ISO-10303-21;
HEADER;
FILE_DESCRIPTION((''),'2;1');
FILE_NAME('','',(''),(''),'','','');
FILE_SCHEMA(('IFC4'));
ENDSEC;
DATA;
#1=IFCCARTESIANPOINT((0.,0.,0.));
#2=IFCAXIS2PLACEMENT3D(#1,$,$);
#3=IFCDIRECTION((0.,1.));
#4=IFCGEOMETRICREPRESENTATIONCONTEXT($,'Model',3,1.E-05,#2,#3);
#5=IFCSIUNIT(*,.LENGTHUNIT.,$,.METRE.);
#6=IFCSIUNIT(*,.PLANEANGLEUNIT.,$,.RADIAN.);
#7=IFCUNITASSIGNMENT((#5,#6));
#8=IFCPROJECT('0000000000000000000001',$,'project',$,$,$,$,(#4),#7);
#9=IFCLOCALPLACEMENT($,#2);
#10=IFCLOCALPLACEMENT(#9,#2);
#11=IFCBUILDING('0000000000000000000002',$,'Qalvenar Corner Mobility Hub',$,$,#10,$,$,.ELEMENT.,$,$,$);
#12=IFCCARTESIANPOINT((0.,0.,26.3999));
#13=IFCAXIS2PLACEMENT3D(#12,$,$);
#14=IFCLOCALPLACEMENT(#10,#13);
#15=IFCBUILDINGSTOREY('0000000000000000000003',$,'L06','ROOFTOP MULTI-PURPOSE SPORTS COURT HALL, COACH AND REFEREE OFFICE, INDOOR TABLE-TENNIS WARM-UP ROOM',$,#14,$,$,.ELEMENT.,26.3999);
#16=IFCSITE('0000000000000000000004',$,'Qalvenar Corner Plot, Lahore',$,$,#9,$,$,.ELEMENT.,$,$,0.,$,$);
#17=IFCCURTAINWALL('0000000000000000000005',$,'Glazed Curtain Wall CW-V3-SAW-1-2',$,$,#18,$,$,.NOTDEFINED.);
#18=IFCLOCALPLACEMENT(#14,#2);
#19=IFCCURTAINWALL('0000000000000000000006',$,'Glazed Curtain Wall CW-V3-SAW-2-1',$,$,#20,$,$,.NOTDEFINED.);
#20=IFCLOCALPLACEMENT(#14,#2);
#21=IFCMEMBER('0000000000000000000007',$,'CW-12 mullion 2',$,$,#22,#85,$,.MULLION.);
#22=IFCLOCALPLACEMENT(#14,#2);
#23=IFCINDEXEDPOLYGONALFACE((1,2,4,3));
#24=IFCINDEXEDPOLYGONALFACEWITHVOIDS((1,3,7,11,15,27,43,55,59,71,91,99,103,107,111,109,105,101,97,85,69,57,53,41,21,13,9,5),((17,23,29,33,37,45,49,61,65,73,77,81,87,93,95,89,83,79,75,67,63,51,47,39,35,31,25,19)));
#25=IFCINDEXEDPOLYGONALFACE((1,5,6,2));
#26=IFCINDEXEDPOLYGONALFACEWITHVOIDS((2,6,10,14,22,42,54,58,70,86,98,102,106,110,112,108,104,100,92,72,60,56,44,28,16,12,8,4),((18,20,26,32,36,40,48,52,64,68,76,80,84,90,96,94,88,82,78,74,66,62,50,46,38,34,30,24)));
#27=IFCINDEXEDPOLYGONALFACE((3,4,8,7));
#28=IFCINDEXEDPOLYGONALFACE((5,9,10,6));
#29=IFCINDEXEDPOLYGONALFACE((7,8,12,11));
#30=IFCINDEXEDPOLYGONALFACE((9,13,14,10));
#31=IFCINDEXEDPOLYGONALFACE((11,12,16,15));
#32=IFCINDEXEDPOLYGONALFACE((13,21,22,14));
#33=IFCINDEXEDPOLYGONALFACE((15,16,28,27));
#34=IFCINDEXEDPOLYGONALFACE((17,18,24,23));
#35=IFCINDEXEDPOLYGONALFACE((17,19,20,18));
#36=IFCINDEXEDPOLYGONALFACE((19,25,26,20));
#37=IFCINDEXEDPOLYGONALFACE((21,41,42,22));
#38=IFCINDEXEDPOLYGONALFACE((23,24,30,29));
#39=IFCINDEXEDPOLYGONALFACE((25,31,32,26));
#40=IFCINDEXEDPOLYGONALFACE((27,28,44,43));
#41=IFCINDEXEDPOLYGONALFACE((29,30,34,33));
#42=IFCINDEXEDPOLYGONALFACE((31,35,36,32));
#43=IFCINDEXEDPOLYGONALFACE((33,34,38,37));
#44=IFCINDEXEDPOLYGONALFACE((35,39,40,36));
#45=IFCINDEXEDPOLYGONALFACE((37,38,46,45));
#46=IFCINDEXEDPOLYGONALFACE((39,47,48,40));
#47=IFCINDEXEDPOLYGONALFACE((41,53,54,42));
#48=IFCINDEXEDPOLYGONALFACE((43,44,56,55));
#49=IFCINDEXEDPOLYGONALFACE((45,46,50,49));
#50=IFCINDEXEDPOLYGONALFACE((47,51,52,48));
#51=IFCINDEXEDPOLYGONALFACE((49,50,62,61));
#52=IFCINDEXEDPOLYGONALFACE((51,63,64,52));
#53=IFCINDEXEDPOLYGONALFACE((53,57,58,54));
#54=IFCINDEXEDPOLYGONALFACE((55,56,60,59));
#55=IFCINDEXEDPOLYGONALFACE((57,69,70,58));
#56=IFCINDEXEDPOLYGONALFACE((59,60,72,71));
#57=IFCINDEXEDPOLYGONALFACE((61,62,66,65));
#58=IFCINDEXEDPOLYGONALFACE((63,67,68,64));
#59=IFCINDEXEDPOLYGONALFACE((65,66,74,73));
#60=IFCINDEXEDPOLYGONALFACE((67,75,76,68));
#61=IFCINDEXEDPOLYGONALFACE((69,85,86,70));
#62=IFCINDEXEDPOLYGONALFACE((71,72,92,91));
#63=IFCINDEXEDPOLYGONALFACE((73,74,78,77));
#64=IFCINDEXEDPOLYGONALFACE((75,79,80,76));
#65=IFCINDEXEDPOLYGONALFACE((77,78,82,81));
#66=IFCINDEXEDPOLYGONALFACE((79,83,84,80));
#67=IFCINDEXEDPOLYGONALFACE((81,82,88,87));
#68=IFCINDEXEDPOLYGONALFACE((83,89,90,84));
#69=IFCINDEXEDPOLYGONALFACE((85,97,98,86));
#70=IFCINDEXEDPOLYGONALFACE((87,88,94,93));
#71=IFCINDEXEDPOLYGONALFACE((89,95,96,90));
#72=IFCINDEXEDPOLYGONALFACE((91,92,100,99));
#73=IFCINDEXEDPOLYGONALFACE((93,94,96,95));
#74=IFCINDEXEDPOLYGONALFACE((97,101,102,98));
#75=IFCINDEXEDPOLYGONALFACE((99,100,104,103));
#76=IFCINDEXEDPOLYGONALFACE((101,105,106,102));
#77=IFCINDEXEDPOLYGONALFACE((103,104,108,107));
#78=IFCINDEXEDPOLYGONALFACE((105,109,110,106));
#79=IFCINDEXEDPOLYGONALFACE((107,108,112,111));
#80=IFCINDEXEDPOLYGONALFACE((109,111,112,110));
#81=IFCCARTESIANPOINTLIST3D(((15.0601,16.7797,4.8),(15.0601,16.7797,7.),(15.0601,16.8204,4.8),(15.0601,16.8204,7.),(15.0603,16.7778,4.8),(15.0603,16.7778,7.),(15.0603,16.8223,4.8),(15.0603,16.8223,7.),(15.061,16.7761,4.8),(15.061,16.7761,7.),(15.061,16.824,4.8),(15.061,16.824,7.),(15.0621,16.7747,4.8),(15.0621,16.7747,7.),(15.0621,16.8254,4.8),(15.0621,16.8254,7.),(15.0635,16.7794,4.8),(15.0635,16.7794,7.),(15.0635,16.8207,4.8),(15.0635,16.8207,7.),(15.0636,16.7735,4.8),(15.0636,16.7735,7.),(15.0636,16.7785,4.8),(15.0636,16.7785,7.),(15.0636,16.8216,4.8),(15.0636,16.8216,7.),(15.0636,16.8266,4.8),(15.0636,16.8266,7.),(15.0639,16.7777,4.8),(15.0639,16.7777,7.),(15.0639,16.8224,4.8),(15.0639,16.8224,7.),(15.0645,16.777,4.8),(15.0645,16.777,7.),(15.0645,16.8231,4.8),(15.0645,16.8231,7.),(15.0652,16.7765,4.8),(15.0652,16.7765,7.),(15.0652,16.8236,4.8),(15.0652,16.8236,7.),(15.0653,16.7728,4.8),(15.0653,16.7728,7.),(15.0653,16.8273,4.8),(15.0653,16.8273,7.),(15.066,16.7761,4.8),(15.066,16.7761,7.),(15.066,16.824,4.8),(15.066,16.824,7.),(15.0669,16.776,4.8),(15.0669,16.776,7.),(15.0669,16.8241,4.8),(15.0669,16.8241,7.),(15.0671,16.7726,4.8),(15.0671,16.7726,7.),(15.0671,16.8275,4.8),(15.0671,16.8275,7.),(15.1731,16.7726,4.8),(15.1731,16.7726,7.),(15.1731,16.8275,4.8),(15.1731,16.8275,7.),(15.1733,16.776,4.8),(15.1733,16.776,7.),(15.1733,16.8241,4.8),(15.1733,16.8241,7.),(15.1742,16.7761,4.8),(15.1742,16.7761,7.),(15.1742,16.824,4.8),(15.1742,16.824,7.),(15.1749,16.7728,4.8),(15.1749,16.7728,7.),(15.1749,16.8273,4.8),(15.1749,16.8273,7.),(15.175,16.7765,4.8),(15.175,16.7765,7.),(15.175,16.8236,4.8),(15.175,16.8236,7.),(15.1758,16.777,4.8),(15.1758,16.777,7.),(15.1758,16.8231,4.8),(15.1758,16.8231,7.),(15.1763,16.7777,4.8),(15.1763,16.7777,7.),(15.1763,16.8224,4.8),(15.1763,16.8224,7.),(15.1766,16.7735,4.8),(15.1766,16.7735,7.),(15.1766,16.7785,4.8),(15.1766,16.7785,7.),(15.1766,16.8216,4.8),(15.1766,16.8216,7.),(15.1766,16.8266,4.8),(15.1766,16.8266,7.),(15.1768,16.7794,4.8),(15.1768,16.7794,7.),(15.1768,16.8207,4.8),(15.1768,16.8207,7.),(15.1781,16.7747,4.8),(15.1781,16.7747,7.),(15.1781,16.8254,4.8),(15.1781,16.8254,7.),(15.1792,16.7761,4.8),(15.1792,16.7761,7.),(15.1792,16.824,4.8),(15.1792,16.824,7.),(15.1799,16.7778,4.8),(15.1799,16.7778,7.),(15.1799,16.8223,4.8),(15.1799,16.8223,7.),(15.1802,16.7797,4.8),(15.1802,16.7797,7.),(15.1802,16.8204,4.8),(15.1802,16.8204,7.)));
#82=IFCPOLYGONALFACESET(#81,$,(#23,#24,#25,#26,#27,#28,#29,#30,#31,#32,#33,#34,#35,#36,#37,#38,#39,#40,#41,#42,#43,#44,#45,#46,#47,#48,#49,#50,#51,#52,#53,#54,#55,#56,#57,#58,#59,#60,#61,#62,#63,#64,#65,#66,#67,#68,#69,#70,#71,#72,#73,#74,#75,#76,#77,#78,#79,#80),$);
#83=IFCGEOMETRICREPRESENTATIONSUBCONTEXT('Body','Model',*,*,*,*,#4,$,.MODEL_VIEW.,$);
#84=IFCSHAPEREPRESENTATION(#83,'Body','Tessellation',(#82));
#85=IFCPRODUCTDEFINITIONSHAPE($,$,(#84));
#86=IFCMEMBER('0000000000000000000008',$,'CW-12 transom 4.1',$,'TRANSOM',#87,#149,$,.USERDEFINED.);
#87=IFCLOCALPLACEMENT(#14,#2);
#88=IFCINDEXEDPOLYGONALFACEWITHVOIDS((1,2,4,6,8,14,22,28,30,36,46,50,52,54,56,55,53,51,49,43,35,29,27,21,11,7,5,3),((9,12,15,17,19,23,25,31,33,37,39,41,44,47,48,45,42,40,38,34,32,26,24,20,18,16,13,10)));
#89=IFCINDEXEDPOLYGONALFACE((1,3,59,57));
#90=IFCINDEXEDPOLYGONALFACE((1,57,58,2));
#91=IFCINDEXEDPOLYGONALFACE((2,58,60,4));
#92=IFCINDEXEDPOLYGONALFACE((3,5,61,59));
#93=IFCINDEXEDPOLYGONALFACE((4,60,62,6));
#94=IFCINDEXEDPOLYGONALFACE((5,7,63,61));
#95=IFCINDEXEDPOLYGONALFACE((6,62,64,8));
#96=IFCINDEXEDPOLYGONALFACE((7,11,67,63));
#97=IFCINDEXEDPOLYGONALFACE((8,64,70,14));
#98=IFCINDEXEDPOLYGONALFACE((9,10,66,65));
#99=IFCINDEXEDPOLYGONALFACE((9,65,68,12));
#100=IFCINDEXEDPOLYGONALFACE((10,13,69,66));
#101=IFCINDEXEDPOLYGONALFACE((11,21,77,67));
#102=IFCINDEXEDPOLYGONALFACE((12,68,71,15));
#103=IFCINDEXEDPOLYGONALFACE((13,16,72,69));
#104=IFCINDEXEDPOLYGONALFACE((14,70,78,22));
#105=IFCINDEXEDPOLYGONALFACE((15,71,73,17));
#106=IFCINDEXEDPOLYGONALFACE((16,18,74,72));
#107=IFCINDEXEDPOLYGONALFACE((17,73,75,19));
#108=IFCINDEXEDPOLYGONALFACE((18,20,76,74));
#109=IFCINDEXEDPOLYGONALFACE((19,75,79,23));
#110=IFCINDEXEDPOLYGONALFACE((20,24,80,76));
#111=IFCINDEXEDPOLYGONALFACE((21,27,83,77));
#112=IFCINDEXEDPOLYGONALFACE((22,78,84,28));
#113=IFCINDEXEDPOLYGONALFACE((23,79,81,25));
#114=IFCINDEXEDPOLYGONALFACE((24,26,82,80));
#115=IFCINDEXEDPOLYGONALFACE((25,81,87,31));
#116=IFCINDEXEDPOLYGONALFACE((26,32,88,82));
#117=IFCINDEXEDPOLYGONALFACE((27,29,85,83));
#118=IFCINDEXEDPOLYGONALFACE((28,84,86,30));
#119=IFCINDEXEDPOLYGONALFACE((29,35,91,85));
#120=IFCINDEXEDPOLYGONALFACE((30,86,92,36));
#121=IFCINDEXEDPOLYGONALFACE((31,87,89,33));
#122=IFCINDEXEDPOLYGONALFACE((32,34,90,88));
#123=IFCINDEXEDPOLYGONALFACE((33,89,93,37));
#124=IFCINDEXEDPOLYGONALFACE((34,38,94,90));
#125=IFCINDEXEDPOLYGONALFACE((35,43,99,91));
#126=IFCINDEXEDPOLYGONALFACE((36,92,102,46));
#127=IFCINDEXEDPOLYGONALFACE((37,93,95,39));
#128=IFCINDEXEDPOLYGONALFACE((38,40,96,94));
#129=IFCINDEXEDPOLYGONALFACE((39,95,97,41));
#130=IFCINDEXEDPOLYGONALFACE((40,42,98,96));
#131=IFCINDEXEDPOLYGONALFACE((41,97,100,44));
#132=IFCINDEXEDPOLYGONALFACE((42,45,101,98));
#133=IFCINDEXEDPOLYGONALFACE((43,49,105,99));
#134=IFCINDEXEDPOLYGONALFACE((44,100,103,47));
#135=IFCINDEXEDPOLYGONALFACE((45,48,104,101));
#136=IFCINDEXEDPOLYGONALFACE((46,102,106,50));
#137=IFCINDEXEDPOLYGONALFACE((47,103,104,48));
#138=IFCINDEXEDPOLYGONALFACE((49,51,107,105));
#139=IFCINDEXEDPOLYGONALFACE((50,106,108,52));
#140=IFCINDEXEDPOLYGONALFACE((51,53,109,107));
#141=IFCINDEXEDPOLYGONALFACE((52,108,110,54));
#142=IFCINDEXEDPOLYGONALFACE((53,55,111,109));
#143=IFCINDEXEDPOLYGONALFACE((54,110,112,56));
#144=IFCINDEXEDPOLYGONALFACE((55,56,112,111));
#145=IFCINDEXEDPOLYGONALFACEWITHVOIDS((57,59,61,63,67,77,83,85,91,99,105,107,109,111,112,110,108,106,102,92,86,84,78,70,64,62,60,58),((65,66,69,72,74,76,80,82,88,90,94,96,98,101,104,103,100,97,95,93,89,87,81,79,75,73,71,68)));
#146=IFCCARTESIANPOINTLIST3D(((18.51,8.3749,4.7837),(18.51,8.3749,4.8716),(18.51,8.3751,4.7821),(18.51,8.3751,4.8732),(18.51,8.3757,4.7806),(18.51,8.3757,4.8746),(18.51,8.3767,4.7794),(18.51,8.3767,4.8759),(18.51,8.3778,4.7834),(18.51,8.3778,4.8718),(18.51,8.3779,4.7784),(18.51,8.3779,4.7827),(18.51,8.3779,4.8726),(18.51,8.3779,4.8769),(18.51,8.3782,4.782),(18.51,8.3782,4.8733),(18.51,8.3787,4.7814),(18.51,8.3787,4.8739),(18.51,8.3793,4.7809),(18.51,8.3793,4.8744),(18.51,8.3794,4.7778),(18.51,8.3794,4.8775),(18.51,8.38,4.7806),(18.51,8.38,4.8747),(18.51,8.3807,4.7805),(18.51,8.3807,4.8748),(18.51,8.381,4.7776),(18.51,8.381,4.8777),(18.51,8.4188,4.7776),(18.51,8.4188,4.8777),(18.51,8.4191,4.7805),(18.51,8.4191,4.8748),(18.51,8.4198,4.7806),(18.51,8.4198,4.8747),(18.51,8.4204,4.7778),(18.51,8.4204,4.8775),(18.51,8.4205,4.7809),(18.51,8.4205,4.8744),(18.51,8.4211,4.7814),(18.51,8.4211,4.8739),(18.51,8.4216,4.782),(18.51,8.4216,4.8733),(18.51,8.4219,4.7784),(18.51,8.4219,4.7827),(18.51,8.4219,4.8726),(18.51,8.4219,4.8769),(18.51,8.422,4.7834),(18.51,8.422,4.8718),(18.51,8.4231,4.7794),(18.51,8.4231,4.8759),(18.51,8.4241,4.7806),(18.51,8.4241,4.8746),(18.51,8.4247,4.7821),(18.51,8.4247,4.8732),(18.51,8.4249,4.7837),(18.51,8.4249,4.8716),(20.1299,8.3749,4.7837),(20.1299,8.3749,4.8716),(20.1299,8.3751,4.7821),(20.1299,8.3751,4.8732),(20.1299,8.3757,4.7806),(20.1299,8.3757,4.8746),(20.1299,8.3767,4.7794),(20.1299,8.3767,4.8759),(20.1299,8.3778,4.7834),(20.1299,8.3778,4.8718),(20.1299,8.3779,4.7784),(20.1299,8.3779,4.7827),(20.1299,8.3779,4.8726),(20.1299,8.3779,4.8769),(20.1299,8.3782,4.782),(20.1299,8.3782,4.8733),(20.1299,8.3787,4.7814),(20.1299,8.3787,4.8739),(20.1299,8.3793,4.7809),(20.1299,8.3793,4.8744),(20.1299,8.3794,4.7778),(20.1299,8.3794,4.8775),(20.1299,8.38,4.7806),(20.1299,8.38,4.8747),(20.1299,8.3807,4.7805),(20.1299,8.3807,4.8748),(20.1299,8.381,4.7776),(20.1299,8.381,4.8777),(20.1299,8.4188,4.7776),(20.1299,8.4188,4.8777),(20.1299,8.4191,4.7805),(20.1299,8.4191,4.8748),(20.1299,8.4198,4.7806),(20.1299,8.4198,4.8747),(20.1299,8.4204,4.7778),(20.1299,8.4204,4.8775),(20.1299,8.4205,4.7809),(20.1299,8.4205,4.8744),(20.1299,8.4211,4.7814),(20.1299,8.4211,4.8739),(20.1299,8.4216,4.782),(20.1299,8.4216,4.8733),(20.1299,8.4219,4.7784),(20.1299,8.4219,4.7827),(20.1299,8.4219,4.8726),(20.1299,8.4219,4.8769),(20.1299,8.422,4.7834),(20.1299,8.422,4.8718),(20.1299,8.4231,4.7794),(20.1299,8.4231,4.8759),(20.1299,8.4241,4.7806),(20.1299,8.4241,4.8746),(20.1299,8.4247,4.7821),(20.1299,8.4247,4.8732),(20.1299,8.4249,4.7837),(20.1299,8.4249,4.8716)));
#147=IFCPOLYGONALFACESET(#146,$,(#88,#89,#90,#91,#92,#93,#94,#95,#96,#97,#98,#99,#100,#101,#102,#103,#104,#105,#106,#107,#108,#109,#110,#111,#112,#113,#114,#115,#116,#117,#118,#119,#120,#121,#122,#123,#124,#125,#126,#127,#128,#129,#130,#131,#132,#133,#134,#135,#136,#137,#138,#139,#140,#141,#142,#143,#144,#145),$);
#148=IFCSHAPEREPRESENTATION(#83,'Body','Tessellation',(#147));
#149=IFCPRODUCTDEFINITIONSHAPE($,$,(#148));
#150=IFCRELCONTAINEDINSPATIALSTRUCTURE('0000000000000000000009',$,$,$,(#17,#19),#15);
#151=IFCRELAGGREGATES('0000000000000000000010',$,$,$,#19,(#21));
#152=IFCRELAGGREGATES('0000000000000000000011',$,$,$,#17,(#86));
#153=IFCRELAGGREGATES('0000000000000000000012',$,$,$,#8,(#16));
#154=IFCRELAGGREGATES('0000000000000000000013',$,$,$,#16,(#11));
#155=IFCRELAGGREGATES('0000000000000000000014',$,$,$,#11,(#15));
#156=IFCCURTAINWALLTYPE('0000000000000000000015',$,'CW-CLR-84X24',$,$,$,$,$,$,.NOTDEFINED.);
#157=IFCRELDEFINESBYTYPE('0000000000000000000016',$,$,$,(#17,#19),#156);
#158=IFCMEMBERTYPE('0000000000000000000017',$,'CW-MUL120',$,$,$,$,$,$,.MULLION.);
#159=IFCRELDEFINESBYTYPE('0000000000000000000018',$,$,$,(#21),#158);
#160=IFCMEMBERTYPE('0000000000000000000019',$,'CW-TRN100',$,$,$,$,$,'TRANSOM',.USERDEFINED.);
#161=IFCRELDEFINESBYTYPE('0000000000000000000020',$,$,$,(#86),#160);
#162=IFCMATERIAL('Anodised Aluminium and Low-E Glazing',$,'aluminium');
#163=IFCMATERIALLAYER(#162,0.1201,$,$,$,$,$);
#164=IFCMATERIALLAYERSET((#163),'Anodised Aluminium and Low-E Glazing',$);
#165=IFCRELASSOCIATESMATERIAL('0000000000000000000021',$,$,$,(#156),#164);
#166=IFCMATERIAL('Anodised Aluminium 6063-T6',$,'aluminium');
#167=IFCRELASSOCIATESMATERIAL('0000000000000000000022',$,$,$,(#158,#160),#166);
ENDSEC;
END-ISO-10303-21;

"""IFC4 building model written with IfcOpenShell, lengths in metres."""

from ifc_helpers import new_model, si_unit, direction, frame, origin, origin_2d, place, context, subcontext, project, spatial, hollow_rectangle, extrude, material, layer, layer_set, material_profile, profile_set, type_object, element, aggregate, save


model = new_model("IFC4")

# Units and contexts
model_context = context("Model", 3, precision=1e-05, world=origin(), true_north=direction((0.0, 1.0)))
body_context = subcontext(model_context, "Body", "Model", "MODEL_VIEW")
ifc_project = project(units=[si_unit("LENGTHUNIT", "METRE"), si_unit("PLANEANGLEUNIT", "RADIAN")], contexts=[model_context])

# Site, building, storey
site_placement = place(None, origin())
site = spatial("IfcSite", under=ifc_project, at=site_placement, Name="Qalvenar Corner Plot, Lahore", CompositionType="ELEMENT", RefElevation=0.0)
building_placement = place(site_placement, origin())
building = spatial("IfcBuilding", under=site, at=building_placement, Name="Qalvenar Corner Mobility Hub", CompositionType="ELEMENT")
storey_placement = place(building_placement, frame((0.0, 0.0, 26.3999)))
storey = spatial("IfcBuildingStorey", under=building, at=storey_placement, Name="L06", Description="ROOFTOP MULTI-PURPOSE SPORTS COURT HALL, COACH AND REFEREE OFFICE, INDOOR TABLE-TENNIS WARM-UP ROOM", CompositionType="ELEMENT", Elevation=26.3999)

# Curtain walls, member
ifc_material_1 = material(Name="Anodised Aluminium and Low-E Glazing", Category="aluminium")
ifc_layer_1 = layer(ifc_material_1, 0.1201)
ifc_layer_set_1 = layer_set([ifc_layer_1], Name="Anodised Aluminium and Low-E Glazing")
curtain_wall_type = type_object("IfcCurtainWallType", Name="CW-CLR-84X24", PredefinedType="NOTDEFINED", material=ifc_layer_set_1)
curtain_wall_1_placement = place(storey_placement, origin())
curtain_wall_1 = element("IfcCurtainWall", 1, at=curtain_wall_1_placement, inside=storey, type_object=curtain_wall_type, Name="Glazed Curtain Wall CW-V3-SAW-1-2", PredefinedType="NOTDEFINED")
ifc_material_2 = material(Name="Anodised Aluminium 6063-T6", Category="aluminium")
ifc_material_profile_1 = material_profile(ifc_material_2, hollow_rectangle(XDim=0.0549, YDim=0.1201, WallThickness=0.0034, InnerFilletRadius=0.0034, OuterFilletRadius=0.0071, at=origin_2d()), Name="RHS120x55x3.5")
ifc_profile_set_1 = profile_set([ifc_material_profile_1], Name="Anodised Aluminium 6063-T6")
member_type_1 = type_object("IfcMemberType", Name="CW-MUL120", PredefinedType="MULLION", material=ifc_profile_set_1)
curtain_wall_2_placement = place(storey_placement, origin())
curtain_wall_2 = element("IfcCurtainWall", 2, at=curtain_wall_2_placement, inside=storey, type_object=curtain_wall_type, Name="Glazed Curtain Wall CW-V3-SAW-2-1", PredefinedType="NOTDEFINED")
member_1_placement = place(storey_placement, frame((15.1201, 16.8, 4.8), z_axis=(0.0, 0.0, 1.0), x_axis=(0.0, -1.0, 0.0)))
member_1 = element("IfcMember", 3, at=member_1_placement, type_object=member_type_1, Name="CW-12 mullion 2", PredefinedType="MULLION", context=body_context, shape_type="SweptSolid", body=[
    extrude(hollow_rectangle(XDim=0.0549, YDim=0.1201, WallThickness=0.0034, InnerFilletRadius=0.0034, OuterFilletRadius=0.0071, at=origin_2d()), origin(), (0.0, 0.0, 1.0), 2.2),
])

# Member
ifc_material_profile_2 = material_profile(ifc_material_2, hollow_rectangle(XDim=0.05, YDim=0.1001, WallThickness=0.0029, InnerFilletRadius=0.0029, OuterFilletRadius=0.0061, at=origin_2d()), Name="RHS100x50x3")
ifc_profile_set_2 = profile_set([ifc_material_profile_2], Name="Anodised Aluminium 6063-T6")
member_type_2 = type_object("IfcMemberType", Name="CW-TRN100", ElementType="TRANSOM", PredefinedType="USERDEFINED", material=ifc_profile_set_2)
member_2_placement = place(storey_placement, frame((20.1299, 8.3999, 4.8276), z_axis=(-1.0, 0.0, 0.0), x_axis=(0.0, -1.0, 0.0)))
member_2 = element("IfcMember", 4, at=member_2_placement, type_object=member_type_2, Name="CW-12 transom 4.1", ObjectType="TRANSOM", PredefinedType="USERDEFINED", context=body_context, shape_type="SweptSolid", body=[
    extrude(hollow_rectangle(XDim=0.05, YDim=0.1001, WallThickness=0.0029, InnerFilletRadius=0.0029, OuterFilletRadius=0.0061, at=origin_2d()), origin(), (0.0, 0.0, 1.0), 1.6199),
])

aggregate(curtain_wall_2, [member_1])
aggregate(curtain_wall_1, [member_2])

save(model, "model.ifc")
